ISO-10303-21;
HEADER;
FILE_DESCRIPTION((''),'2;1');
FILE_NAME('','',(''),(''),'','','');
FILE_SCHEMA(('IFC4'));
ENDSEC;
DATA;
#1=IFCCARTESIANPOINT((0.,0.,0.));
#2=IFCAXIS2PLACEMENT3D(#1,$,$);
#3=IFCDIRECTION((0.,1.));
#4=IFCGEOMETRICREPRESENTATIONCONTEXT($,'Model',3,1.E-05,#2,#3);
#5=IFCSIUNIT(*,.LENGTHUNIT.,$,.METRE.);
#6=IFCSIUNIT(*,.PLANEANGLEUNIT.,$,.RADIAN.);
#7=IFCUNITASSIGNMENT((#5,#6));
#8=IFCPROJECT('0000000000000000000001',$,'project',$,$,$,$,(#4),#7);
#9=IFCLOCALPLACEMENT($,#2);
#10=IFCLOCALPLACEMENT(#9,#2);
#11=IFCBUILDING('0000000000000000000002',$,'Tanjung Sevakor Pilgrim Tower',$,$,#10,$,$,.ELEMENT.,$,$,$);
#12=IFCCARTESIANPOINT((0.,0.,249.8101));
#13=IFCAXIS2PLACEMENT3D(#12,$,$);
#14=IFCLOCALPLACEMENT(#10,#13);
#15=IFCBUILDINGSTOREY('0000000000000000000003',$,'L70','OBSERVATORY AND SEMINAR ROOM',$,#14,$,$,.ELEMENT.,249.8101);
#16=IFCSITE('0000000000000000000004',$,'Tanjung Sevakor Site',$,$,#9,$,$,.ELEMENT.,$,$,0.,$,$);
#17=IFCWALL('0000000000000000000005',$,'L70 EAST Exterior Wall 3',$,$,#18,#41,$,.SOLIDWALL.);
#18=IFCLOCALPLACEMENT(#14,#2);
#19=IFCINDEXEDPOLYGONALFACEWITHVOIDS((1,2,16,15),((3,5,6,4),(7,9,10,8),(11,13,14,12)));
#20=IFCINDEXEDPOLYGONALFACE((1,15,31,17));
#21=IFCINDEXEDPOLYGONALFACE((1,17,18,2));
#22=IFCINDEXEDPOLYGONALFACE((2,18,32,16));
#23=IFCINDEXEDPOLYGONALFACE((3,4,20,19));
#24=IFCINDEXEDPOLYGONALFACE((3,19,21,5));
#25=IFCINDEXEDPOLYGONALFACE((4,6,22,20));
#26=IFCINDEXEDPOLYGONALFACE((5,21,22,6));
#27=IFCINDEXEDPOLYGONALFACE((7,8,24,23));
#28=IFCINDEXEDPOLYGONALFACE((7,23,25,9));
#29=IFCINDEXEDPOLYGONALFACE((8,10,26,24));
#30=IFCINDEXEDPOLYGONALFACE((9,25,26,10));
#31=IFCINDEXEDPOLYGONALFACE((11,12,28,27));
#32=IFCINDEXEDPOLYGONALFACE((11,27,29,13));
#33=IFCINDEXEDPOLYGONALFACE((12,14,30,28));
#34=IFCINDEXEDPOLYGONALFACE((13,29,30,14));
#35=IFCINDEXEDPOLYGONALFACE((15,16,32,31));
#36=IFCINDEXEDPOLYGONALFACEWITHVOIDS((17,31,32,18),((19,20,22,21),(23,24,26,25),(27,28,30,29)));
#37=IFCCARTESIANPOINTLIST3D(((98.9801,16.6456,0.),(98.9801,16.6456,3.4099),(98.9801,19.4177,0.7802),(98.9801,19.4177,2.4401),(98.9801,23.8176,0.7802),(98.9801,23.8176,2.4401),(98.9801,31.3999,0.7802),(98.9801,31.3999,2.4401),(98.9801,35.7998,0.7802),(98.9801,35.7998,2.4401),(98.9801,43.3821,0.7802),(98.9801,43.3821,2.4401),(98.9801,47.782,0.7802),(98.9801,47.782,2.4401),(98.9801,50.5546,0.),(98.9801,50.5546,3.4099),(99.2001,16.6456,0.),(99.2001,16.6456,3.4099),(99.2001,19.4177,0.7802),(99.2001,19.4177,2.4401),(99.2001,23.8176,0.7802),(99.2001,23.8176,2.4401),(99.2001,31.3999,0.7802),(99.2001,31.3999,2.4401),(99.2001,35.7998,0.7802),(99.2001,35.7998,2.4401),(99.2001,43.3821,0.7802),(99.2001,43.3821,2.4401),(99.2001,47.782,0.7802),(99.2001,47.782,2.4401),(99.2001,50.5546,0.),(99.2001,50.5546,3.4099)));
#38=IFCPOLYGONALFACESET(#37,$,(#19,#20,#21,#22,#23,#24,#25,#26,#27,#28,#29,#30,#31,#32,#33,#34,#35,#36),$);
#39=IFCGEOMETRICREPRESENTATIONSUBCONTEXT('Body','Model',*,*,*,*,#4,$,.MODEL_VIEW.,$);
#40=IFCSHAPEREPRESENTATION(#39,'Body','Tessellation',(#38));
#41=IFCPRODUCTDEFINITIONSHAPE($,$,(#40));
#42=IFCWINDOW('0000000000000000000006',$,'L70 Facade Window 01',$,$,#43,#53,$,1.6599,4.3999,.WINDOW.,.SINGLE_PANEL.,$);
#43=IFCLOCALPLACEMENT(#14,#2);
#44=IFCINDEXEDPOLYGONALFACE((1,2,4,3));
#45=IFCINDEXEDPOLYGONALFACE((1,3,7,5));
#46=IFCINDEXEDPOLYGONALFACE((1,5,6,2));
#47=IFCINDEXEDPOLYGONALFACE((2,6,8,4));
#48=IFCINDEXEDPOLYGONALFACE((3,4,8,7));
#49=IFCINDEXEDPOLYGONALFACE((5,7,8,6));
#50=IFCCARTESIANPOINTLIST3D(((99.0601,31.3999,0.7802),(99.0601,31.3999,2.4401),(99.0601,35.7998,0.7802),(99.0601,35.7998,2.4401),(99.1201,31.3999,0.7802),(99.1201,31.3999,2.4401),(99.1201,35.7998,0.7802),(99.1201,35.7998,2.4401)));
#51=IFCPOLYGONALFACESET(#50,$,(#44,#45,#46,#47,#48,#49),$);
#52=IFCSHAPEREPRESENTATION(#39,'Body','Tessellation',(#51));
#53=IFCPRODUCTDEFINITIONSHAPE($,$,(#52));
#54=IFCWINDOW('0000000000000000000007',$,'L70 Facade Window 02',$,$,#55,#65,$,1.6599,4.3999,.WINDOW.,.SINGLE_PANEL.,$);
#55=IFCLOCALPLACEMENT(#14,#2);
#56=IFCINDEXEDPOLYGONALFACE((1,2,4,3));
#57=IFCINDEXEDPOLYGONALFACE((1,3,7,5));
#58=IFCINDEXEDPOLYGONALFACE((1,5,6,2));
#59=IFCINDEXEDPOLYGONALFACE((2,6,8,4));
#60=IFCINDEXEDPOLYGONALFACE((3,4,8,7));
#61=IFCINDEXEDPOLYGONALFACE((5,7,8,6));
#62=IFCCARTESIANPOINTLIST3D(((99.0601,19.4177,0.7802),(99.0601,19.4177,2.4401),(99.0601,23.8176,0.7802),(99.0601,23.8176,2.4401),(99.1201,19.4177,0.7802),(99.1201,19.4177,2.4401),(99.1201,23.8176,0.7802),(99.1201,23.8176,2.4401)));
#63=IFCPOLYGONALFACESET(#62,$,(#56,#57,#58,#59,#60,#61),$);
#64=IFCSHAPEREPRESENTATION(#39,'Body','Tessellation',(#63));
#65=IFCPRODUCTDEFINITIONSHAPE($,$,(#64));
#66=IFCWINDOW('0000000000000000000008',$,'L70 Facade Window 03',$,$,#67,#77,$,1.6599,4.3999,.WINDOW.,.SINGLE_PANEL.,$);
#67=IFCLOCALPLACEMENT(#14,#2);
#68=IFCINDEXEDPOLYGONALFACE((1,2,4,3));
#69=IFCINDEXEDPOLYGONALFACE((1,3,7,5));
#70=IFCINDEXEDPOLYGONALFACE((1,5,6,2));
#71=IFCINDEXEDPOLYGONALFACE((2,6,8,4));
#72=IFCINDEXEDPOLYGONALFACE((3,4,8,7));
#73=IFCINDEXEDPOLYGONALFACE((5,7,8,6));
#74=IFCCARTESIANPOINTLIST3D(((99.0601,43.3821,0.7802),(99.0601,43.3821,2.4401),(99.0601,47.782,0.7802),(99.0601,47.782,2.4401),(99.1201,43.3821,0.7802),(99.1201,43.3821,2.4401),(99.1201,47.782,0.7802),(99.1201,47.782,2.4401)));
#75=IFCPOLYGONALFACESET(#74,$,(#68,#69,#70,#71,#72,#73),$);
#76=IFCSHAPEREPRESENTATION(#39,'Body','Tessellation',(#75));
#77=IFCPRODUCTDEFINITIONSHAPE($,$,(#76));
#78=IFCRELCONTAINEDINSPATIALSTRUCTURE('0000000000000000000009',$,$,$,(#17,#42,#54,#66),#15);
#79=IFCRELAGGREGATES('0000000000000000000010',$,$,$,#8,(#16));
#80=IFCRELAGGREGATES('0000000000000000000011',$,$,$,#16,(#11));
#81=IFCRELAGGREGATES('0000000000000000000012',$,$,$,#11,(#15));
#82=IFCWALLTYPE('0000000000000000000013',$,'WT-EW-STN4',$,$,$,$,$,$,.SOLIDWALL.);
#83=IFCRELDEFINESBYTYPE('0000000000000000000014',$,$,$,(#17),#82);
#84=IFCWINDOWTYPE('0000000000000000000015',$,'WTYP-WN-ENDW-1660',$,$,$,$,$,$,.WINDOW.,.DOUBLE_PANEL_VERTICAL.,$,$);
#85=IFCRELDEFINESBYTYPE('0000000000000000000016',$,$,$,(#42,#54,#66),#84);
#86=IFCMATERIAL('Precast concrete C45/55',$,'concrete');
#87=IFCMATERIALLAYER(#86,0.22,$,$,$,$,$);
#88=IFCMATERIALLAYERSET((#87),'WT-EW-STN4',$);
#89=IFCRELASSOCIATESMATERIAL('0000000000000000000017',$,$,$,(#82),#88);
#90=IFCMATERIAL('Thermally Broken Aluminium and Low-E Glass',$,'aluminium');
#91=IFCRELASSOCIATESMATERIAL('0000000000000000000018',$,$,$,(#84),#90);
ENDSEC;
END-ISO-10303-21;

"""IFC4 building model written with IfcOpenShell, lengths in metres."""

from ifc_helpers import new_model, si_unit, direction, frame, frame_2d, origin, place, context, subcontext, project, spatial, rectangle, extrude, material, layer, layer_set, type_object, element, fill, save


model = new_model("IFC4")

# Units and contexts
model_context = context("Model", 3, precision=1e-05, world=origin(), true_north=direction((0.0, 1.0)))
body_context = subcontext(model_context, "Body", "Model", "MODEL_VIEW")
ifc_project = project(units=[si_unit("LENGTHUNIT", "METRE"), si_unit("PLANEANGLEUNIT", "RADIAN")], contexts=[model_context])

# Site, building, storey
site_placement = place(None, origin())
site = spatial("IfcSite", under=ifc_project, at=site_placement, Name="Tanjung Sevakor Site", CompositionType="ELEMENT", RefElevation=0.0)
building_placement = place(site_placement, origin())
building = spatial("IfcBuilding", under=site, at=building_placement, Name="Tanjung Sevakor Pilgrim Tower", CompositionType="ELEMENT")
storey_placement = place(building_placement, frame((0.0, 0.0, 249.8101)))
storey = spatial("IfcBuildingStorey", under=building, at=storey_placement, Name="L70", Description="OBSERVATORY AND SEMINAR ROOM", CompositionType="ELEMENT", Elevation=249.8101)

# Wall, openings, windows
ifc_material_1 = material(Name="Precast concrete C45/55", Category="concrete")
ifc_layer_1 = layer(ifc_material_1, 0.22)
ifc_layer_set_1 = layer_set([ifc_layer_1], Name="WT-EW-STN4")
wall_type_1 = type_object("IfcWallType", Name="WT-EW-STN4", PredefinedType="SOLIDWALL", material=ifc_layer_set_1)
wall_1_placement = place(storey_placement, frame((99.0901, 16.6455, 0.0), z_axis=(0.0, 0.0, 1.0), x_axis=(0.0, 1.0, 0.0)))
wall_1 = element("IfcWall", 1, at=wall_1_placement, inside=storey, type_object=wall_type_1, Name="L70 EAST Exterior Wall 3", PredefinedType="SOLIDWALL", context=body_context, shape_type="SweptSolid", body=[
    extrude(rectangle(XDim=33.9089, YDim=0.22, at=frame_2d((16.9546, 0.0))), origin(), (0.0, 0.0, 1.0), 3.4099),
])
opening_1_placement = place(wall_1_placement, frame((14.7544, 0.0, 0.78)))
opening_1 = element("IfcOpeningElement", 2, at=opening_1_placement, cuts=wall_1, PredefinedType="OPENING", context=body_context, shape_type="SweptSolid", body=[
    extrude(rectangle(XDim=4.3999, YDim=1.6599, at=frame_2d((2.2, 0.8301))), frame((0.0, 0.1199, 0.0), z_axis=(0.0, -1.0, 0.0), x_axis=(1.0, 0.0, 0.0)), (0.0, 0.0, 1.0), 0.24),
])
opening_2_placement = place(wall_1_placement, frame((2.7722, 0.0, 0.78)))
opening_2 = element("IfcOpeningElement", 3, at=opening_2_placement, cuts=wall_1, PredefinedType="OPENING", context=body_context, shape_type="SweptSolid", body=[
    extrude(rectangle(XDim=4.3999, YDim=1.6599, at=frame_2d((2.2, 0.8301))), frame((0.0, 0.1199, 0.0), z_axis=(0.0, -1.0, 0.0), x_axis=(1.0, 0.0, 0.0)), (0.0, 0.0, 1.0), 0.24),
])
opening_3_placement = place(wall_1_placement, frame((26.7366, 0.0, 0.78)))
opening_3 = element("IfcOpeningElement", 4, at=opening_3_placement, cuts=wall_1, PredefinedType="OPENING", context=body_context, shape_type="SweptSolid", body=[
    extrude(rectangle(XDim=4.3999, YDim=1.6599, at=frame_2d((2.2, 0.8301))), frame((0.0, 0.1199, 0.0), z_axis=(0.0, -1.0, 0.0), x_axis=(1.0, 0.0, 0.0)), (0.0, 0.0, 1.0), 0.24),
])
ifc_material_2 = material(Name="Thermally Broken Aluminium and Low-E Glass", Category="aluminium")
window_type = type_object("IfcWindowType", Name="WTYP-WN-ENDW-1660", PartitioningType="DOUBLE_PANEL_VERTICAL", PredefinedType="WINDOW", material=ifc_material_2)
window_1_placement = place(opening_1_placement, origin())
window_1 = element("IfcWindow", 5, at=window_1_placement, inside=storey, type_object=window_type, Name="L70 Facade Window 01", OverallHeight=1.6599, OverallWidth=4.3999, PartitioningType="SINGLE_PANEL", PredefinedType="WINDOW", context=body_context, shape_type="SweptSolid", body=[
    extrude(rectangle(XDim=4.3999, YDim=1.6599, at=frame_2d((2.2, 0.8301))), frame((0.0, 0.03, 0.0), z_axis=(0.0, -1.0, 0.0), x_axis=(1.0, 0.0, 0.0)), (0.0, 0.0, 1.0), 0.0601),
])
fill(opening_1, window_1)
window_2_placement = place(opening_2_placement, origin())
window_2 = element("IfcWindow", 6, at=window_2_placement, inside=storey, type_object=window_type, Name="L70 Facade Window 02", OverallHeight=1.6599, OverallWidth=4.3999, PartitioningType="SINGLE_PANEL", PredefinedType="WINDOW", context=body_context, shape_type="SweptSolid", body=[
    extrude(rectangle(XDim=4.3999, YDim=1.6599, at=frame_2d((2.2, 0.8301))), frame((0.0, 0.03, 0.0), z_axis=(0.0, -1.0, 0.0), x_axis=(1.0, 0.0, 0.0)), (0.0, 0.0, 1.0), 0.0601),
])
fill(opening_2, window_2)
window_3_placement = place(opening_3_placement, origin())
window_3 = element("IfcWindow", 7, at=window_3_placement, inside=storey, type_object=window_type, Name="L70 Facade Window 03", OverallHeight=1.6599, OverallWidth=4.3999, PartitioningType="SINGLE_PANEL", PredefinedType="WINDOW", context=body_context, shape_type="SweptSolid", body=[
    extrude(rectangle(XDim=4.3999, YDim=1.6599, at=frame_2d((2.2, 0.8301))), frame((0.0, 0.03, 0.0), z_axis=(0.0, -1.0, 0.0), x_axis=(1.0, 0.0, 0.0)), (0.0, 0.0, 1.0), 0.0601),
])
fill(opening_3, window_3)

save(model, "model.ifc")
